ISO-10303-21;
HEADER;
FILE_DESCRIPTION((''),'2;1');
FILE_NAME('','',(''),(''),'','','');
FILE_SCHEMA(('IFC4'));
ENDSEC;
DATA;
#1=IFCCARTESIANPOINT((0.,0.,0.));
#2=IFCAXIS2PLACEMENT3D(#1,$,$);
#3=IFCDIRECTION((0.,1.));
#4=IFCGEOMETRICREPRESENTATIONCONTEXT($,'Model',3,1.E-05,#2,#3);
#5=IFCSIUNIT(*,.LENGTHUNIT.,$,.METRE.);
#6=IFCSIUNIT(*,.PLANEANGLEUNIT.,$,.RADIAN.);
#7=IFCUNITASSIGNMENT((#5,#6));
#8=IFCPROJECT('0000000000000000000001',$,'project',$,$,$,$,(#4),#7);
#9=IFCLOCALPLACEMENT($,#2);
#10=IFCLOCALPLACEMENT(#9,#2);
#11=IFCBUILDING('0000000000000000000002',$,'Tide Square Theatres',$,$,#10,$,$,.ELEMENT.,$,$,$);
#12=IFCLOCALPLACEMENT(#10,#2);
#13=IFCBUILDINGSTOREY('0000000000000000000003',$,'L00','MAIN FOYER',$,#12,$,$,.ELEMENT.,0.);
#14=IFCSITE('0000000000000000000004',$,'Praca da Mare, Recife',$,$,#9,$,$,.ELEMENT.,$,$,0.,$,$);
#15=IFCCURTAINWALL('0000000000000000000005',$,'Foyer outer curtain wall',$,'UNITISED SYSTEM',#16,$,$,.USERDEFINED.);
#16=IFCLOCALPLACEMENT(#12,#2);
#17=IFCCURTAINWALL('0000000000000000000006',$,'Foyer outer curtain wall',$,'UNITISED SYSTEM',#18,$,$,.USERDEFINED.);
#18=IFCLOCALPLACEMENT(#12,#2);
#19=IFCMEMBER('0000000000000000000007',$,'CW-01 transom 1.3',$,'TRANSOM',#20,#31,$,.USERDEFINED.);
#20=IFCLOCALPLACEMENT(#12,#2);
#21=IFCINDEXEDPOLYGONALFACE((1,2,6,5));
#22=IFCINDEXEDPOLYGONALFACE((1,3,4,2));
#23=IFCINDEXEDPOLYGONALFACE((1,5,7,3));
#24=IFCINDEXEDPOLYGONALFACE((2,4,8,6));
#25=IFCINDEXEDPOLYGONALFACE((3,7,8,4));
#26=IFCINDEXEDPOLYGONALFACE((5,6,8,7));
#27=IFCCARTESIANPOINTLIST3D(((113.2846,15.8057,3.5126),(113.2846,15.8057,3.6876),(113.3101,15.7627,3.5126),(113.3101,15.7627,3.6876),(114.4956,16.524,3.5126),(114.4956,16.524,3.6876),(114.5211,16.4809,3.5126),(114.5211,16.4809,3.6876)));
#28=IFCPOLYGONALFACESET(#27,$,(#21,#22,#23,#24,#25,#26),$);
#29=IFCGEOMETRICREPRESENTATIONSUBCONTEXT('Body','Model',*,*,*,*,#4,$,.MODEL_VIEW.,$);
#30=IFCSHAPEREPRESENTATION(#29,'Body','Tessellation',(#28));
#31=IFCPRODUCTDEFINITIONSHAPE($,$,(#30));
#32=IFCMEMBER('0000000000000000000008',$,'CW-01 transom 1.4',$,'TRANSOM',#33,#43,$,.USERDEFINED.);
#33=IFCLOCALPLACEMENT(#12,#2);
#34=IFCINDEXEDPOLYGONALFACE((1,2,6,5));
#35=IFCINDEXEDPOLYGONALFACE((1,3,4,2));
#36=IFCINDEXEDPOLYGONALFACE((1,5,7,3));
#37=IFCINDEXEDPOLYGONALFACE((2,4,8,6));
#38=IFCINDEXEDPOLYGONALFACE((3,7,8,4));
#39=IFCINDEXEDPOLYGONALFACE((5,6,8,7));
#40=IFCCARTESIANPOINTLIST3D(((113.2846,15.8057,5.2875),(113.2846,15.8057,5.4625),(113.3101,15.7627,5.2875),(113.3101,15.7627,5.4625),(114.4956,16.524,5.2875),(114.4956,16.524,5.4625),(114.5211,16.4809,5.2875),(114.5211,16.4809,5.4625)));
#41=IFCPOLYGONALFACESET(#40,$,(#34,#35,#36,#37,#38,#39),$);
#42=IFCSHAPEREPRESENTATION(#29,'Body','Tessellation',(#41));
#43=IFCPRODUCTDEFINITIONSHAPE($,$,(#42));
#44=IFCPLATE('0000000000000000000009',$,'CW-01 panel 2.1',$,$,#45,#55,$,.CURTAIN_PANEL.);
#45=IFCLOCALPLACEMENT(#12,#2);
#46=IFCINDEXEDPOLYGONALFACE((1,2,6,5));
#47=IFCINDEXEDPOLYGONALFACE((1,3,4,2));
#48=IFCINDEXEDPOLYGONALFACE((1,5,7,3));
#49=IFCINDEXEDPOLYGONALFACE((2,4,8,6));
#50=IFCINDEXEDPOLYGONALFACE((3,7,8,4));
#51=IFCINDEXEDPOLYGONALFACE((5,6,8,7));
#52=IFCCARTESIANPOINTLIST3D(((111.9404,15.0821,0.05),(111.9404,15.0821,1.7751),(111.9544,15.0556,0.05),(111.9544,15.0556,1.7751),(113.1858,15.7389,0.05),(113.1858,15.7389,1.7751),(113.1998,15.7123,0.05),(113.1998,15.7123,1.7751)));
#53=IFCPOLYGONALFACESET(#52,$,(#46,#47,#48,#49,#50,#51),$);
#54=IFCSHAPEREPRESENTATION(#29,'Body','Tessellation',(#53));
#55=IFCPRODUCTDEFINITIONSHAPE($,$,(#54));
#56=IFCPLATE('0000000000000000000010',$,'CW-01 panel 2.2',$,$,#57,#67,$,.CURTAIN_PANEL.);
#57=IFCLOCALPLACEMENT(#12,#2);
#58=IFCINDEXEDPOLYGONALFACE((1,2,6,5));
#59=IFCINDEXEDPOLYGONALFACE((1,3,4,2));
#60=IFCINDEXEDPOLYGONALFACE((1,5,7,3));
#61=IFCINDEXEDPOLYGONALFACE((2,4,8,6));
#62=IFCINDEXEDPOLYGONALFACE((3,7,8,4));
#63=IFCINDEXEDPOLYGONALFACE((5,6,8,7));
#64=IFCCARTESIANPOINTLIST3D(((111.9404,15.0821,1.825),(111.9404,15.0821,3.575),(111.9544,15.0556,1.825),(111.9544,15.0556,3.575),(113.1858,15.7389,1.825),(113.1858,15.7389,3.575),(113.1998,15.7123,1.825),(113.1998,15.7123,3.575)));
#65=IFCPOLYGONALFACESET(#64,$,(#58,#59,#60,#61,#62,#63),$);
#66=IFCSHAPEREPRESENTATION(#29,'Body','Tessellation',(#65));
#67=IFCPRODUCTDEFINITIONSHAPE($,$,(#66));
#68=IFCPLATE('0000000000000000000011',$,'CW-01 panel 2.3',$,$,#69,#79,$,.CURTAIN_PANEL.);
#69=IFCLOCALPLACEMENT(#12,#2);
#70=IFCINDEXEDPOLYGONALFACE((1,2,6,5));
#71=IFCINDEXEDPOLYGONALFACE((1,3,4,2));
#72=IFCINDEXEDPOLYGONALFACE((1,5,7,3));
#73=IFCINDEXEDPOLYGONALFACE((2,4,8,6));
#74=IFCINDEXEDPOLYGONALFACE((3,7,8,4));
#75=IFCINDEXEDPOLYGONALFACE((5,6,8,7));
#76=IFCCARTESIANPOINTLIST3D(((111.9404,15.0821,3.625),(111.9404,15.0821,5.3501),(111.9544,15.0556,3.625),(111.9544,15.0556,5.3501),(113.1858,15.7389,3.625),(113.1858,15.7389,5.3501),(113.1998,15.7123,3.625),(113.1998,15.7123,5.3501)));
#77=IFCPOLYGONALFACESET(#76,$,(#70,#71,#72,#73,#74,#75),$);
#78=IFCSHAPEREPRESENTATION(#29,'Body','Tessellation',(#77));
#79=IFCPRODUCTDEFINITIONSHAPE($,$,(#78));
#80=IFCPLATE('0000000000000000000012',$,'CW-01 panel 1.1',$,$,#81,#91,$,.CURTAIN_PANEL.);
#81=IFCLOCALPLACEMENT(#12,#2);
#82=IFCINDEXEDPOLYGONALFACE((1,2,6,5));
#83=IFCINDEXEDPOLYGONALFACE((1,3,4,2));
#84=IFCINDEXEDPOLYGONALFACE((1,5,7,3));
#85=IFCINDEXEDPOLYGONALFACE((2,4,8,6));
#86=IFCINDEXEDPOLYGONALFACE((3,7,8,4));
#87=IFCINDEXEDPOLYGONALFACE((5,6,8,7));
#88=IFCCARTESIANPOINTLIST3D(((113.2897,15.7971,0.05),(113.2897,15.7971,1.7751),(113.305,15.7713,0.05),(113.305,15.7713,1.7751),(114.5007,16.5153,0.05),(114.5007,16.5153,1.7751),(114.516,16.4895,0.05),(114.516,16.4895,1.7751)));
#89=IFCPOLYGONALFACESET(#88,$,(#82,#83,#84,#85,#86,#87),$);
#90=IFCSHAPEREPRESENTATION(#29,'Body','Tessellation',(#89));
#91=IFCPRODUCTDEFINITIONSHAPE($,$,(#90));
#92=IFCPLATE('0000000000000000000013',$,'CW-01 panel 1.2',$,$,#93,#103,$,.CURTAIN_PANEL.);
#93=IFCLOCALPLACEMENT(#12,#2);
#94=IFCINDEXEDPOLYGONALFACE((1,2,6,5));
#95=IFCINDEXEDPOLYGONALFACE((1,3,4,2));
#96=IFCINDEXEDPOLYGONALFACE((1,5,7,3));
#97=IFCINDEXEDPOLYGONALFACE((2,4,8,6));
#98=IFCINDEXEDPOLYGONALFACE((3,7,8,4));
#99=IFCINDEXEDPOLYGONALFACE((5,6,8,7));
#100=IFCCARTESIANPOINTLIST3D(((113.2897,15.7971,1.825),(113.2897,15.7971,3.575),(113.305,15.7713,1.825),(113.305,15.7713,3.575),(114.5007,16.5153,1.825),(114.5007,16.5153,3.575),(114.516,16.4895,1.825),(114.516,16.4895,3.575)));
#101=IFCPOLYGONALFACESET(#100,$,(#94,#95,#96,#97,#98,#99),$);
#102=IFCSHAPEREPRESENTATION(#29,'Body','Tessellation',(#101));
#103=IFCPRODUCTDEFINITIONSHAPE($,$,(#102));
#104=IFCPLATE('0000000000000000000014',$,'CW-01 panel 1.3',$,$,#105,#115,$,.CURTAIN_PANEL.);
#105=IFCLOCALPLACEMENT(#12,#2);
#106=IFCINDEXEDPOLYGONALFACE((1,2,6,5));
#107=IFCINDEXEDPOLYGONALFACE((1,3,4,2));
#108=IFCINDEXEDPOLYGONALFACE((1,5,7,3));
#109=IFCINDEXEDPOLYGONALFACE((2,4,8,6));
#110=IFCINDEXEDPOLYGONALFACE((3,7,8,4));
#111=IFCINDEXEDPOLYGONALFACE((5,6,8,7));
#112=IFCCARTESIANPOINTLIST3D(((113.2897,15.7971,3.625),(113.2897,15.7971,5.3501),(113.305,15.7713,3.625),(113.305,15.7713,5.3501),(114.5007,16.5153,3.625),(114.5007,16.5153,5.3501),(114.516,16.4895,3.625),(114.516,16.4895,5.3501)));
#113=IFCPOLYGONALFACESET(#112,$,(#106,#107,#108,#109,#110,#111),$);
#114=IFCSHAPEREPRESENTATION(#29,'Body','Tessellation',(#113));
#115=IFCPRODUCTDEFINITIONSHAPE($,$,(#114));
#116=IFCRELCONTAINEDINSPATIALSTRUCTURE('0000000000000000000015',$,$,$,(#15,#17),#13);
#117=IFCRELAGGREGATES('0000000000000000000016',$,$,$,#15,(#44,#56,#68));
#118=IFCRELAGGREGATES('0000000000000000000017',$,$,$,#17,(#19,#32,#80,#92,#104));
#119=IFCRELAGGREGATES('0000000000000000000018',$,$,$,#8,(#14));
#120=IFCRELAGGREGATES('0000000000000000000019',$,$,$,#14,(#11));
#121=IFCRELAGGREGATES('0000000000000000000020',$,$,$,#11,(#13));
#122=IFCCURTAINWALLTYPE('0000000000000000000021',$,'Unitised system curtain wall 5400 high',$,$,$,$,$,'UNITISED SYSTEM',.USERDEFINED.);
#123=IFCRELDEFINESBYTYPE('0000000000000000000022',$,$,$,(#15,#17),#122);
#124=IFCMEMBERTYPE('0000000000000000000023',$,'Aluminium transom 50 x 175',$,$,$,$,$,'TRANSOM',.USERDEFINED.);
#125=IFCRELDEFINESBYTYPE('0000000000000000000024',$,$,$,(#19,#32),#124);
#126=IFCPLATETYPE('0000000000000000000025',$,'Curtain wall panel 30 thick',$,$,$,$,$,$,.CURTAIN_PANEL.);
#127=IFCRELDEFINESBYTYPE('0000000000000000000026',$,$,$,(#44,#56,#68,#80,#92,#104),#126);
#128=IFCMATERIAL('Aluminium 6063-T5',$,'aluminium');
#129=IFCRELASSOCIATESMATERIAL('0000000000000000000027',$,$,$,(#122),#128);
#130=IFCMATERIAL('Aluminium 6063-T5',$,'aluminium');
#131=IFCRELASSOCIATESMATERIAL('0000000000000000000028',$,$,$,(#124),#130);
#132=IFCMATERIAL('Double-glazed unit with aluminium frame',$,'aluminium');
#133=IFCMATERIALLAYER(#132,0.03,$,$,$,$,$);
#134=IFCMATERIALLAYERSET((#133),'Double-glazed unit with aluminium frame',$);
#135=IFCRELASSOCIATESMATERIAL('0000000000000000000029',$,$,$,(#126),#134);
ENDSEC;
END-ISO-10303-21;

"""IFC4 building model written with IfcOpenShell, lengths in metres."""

from ifc_helpers import new_model, si_unit, direction, frame, origin, origin_2d, place, context, subcontext, project, spatial, rectangle, extrude, material, layer, layer_set, material_profile, profile_set, type_object, element, aggregate, save


model = new_model("IFC4")

# Units and contexts
model_context = context("Model", 3, precision=1e-05, world=origin(), true_north=direction((0.0, 1.0)))
body_context = subcontext(model_context, "Body", "Model", "MODEL_VIEW")
ifc_project = project(units=[si_unit("LENGTHUNIT", "METRE"), si_unit("PLANEANGLEUNIT", "RADIAN")], contexts=[model_context])

# Site, building, storey
site_placement = place(None, origin())
site = spatial("IfcSite", under=ifc_project, at=site_placement, Name="Praca da Mare, Recife", CompositionType="ELEMENT", RefElevation=0.0)
building_placement = place(site_placement, origin())
building = spatial("IfcBuilding", under=site, at=building_placement, Name="Tide Square Theatres", CompositionType="ELEMENT")
storey_placement = place(building_placement, origin())
storey = spatial("IfcBuildingStorey", under=building, at=storey_placement, Name="L00", Description="MAIN FOYER", CompositionType="ELEMENT", Elevation=0.0)

# Curtain wall
ifc_material_1 = material(Name="Aluminium 6063-T5", Category="aluminium")
curtain_wall_type = type_object("IfcCurtainWallType", Name="Unitised system curtain wall 5400 high", ElementType="UNITISED SYSTEM", PredefinedType="USERDEFINED", material=ifc_material_1)
curtain_wall_1_placement = place(storey_placement, origin())
curtain_wall_1 = element("IfcCurtainWall", 1, at=curtain_wall_1_placement, inside=storey, type_object=curtain_wall_type, Name="Foyer outer curtain wall", ObjectType="UNITISED SYSTEM", PredefinedType="USERDEFINED")

# Curtain wall
curtain_wall_2_placement = place(storey_placement, origin())
curtain_wall_2 = element("IfcCurtainWall", 2, at=curtain_wall_2_placement, inside=storey, type_object=curtain_wall_type, Name="Foyer outer curtain wall", ObjectType="UNITISED SYSTEM", PredefinedType="USERDEFINED")

# Members
ifc_material_2 = material(Name="Aluminium 6063-T5", Category="aluminium")
ifc_material_profile_1 = material_profile(ifc_material_2, rectangle(XDim=0.05, YDim=0.175, at=origin_2d()))
ifc_profile_set_1 = profile_set([ifc_material_profile_1], Name="Aluminium 6063-T5")
member_type_1 = type_object("IfcMemberType", Name="Aluminium transom 50 x 175", ElementType="TRANSOM", PredefinedType="USERDEFINED", material=ifc_profile_set_1)
member_1_placement = place(storey_placement, frame((113.2974, 15.7842, 3.6001), z_axis=(0.860083, 0.510154, 0.0), x_axis=(-0.510154, 0.860083, 0.0)))
member_1 = element("IfcMember", 3, at=member_1_placement, type_object=member_type_1, Name="CW-01 transom 1.3", ObjectType="TRANSOM", PredefinedType="USERDEFINED", context=body_context, shape_type="SweptSolid", body=[
    extrude(rectangle(XDim=0.05, YDim=0.175, at=origin_2d()), origin(), (0.0, 0.0, 1.0), 1.408),
])
member_2_placement = place(storey_placement, frame((113.2974, 15.7842, 5.375), z_axis=(0.860083, 0.510154, 0.0), x_axis=(-0.510154, 0.860083, 0.0)))
member_2 = element("IfcMember", 4, at=member_2_placement, type_object=member_type_1, Name="CW-01 transom 1.4", ObjectType="TRANSOM", PredefinedType="USERDEFINED", context=body_context, shape_type="SweptSolid", body=[
    extrude(rectangle(XDim=0.05, YDim=0.175, at=origin_2d()), origin(), (0.0, 0.0, 1.0), 1.408),
])

# Plates
ifc_material_3 = material(Name="Double-glazed unit with aluminium frame", Category="aluminium")
ifc_layer = layer(ifc_material_3, 0.03)
ifc_layer_set = layer_set([ifc_layer], Name="Double-glazed unit with aluminium frame")
plate_type = type_object("IfcPlateType", Name="Curtain wall panel 30 thick", PredefinedType="CURTAIN_PANEL", material=ifc_layer_set)
plate_1_placement = place(storey_placement, frame((112.5701, 15.3972, 0.05), z_axis=(0.0, 0.0, 1.0), x_axis=(0.884545, 0.466455, 0.0)))
plate_1 = element("IfcPlate", 5, at=plate_1_placement, type_object=plate_type, Name="CW-01 panel 2.1", PredefinedType="CURTAIN_PANEL", context=body_context, shape_type="SweptSolid", body=[
    extrude(rectangle(XDim=1.408, YDim=0.03, at=origin_2d()), origin(), (0.0, 0.0, 1.0), 1.7251),
])
plate_2_placement = place(storey_placement, frame((112.5701, 15.3972, 1.825), z_axis=(0.0, 0.0, 1.0), x_axis=(0.884545, 0.466455, 0.0)))
plate_2 = element("IfcPlate", 6, at=plate_2_placement, type_object=plate_type, Name="CW-01 panel 2.2", PredefinedType="CURTAIN_PANEL", context=body_context, shape_type="SweptSolid", body=[
    extrude(rectangle(XDim=1.408, YDim=0.03, at=origin_2d()), origin(), (0.0, 0.0, 1.0), 1.75),
])
plate_3_placement = place(storey_placement, frame((112.5701, 15.3972, 3.625), z_axis=(0.0, 0.0, 1.0), x_axis=(0.884545, 0.466455, 0.0)))
plate_3 = element("IfcPlate", 7, at=plate_3_placement, type_object=plate_type, Name="CW-01 panel 2.3", PredefinedType="CURTAIN_PANEL", context=body_context, shape_type="SweptSolid", body=[
    extrude(rectangle(XDim=1.408, YDim=0.03, at=origin_2d()), origin(), (0.0, 0.0, 1.0), 1.7251),
])
aggregate(curtain_wall_1, [plate_1, plate_2, plate_3])
plate_4_placement = place(storey_placement, frame((113.9028, 16.1433, 0.05), z_axis=(0.0, 0.0, 1.0), x_axis=(0.8601, 0.510125, 0.0)))
plate_4 = element("IfcPlate", 8, at=plate_4_placement, type_object=plate_type, Name="CW-01 panel 1.1", PredefinedType="CURTAIN_PANEL", context=body_context, shape_type="SweptSolid", body=[
    extrude(rectangle(XDim=1.408, YDim=0.03, at=origin_2d()), origin(), (0.0, 0.0, 1.0), 1.7251),
])
plate_5_placement = place(storey_placement, frame((113.9028, 16.1433, 1.825), z_axis=(0.0, 0.0, 1.0), x_axis=(0.8601, 0.510125, 0.0)))
plate_5 = element("IfcPlate", 9, at=plate_5_placement, type_object=plate_type, Name="CW-01 panel 1.2", PredefinedType="CURTAIN_PANEL", context=body_context, shape_type="SweptSolid", body=[
    extrude(rectangle(XDim=1.408, YDim=0.03, at=origin_2d()), origin(), (0.0, 0.0, 1.0), 1.75),
])
plate_6_placement = place(storey_placement, frame((113.9028, 16.1433, 3.625), z_axis=(0.0, 0.0, 1.0), x_axis=(0.8601, 0.510125, 0.0)))
plate_6 = element("IfcPlate", 10, at=plate_6_placement, type_object=plate_type, Name="CW-01 panel 1.3", PredefinedType="CURTAIN_PANEL", context=body_context, shape_type="SweptSolid", body=[
    extrude(rectangle(XDim=1.408, YDim=0.03, at=origin_2d()), origin(), (0.0, 0.0, 1.0), 1.7251),
])
aggregate(curtain_wall_2, [member_1, member_2, plate_4, plate_5, plate_6])

save(model, "model.ifc")
